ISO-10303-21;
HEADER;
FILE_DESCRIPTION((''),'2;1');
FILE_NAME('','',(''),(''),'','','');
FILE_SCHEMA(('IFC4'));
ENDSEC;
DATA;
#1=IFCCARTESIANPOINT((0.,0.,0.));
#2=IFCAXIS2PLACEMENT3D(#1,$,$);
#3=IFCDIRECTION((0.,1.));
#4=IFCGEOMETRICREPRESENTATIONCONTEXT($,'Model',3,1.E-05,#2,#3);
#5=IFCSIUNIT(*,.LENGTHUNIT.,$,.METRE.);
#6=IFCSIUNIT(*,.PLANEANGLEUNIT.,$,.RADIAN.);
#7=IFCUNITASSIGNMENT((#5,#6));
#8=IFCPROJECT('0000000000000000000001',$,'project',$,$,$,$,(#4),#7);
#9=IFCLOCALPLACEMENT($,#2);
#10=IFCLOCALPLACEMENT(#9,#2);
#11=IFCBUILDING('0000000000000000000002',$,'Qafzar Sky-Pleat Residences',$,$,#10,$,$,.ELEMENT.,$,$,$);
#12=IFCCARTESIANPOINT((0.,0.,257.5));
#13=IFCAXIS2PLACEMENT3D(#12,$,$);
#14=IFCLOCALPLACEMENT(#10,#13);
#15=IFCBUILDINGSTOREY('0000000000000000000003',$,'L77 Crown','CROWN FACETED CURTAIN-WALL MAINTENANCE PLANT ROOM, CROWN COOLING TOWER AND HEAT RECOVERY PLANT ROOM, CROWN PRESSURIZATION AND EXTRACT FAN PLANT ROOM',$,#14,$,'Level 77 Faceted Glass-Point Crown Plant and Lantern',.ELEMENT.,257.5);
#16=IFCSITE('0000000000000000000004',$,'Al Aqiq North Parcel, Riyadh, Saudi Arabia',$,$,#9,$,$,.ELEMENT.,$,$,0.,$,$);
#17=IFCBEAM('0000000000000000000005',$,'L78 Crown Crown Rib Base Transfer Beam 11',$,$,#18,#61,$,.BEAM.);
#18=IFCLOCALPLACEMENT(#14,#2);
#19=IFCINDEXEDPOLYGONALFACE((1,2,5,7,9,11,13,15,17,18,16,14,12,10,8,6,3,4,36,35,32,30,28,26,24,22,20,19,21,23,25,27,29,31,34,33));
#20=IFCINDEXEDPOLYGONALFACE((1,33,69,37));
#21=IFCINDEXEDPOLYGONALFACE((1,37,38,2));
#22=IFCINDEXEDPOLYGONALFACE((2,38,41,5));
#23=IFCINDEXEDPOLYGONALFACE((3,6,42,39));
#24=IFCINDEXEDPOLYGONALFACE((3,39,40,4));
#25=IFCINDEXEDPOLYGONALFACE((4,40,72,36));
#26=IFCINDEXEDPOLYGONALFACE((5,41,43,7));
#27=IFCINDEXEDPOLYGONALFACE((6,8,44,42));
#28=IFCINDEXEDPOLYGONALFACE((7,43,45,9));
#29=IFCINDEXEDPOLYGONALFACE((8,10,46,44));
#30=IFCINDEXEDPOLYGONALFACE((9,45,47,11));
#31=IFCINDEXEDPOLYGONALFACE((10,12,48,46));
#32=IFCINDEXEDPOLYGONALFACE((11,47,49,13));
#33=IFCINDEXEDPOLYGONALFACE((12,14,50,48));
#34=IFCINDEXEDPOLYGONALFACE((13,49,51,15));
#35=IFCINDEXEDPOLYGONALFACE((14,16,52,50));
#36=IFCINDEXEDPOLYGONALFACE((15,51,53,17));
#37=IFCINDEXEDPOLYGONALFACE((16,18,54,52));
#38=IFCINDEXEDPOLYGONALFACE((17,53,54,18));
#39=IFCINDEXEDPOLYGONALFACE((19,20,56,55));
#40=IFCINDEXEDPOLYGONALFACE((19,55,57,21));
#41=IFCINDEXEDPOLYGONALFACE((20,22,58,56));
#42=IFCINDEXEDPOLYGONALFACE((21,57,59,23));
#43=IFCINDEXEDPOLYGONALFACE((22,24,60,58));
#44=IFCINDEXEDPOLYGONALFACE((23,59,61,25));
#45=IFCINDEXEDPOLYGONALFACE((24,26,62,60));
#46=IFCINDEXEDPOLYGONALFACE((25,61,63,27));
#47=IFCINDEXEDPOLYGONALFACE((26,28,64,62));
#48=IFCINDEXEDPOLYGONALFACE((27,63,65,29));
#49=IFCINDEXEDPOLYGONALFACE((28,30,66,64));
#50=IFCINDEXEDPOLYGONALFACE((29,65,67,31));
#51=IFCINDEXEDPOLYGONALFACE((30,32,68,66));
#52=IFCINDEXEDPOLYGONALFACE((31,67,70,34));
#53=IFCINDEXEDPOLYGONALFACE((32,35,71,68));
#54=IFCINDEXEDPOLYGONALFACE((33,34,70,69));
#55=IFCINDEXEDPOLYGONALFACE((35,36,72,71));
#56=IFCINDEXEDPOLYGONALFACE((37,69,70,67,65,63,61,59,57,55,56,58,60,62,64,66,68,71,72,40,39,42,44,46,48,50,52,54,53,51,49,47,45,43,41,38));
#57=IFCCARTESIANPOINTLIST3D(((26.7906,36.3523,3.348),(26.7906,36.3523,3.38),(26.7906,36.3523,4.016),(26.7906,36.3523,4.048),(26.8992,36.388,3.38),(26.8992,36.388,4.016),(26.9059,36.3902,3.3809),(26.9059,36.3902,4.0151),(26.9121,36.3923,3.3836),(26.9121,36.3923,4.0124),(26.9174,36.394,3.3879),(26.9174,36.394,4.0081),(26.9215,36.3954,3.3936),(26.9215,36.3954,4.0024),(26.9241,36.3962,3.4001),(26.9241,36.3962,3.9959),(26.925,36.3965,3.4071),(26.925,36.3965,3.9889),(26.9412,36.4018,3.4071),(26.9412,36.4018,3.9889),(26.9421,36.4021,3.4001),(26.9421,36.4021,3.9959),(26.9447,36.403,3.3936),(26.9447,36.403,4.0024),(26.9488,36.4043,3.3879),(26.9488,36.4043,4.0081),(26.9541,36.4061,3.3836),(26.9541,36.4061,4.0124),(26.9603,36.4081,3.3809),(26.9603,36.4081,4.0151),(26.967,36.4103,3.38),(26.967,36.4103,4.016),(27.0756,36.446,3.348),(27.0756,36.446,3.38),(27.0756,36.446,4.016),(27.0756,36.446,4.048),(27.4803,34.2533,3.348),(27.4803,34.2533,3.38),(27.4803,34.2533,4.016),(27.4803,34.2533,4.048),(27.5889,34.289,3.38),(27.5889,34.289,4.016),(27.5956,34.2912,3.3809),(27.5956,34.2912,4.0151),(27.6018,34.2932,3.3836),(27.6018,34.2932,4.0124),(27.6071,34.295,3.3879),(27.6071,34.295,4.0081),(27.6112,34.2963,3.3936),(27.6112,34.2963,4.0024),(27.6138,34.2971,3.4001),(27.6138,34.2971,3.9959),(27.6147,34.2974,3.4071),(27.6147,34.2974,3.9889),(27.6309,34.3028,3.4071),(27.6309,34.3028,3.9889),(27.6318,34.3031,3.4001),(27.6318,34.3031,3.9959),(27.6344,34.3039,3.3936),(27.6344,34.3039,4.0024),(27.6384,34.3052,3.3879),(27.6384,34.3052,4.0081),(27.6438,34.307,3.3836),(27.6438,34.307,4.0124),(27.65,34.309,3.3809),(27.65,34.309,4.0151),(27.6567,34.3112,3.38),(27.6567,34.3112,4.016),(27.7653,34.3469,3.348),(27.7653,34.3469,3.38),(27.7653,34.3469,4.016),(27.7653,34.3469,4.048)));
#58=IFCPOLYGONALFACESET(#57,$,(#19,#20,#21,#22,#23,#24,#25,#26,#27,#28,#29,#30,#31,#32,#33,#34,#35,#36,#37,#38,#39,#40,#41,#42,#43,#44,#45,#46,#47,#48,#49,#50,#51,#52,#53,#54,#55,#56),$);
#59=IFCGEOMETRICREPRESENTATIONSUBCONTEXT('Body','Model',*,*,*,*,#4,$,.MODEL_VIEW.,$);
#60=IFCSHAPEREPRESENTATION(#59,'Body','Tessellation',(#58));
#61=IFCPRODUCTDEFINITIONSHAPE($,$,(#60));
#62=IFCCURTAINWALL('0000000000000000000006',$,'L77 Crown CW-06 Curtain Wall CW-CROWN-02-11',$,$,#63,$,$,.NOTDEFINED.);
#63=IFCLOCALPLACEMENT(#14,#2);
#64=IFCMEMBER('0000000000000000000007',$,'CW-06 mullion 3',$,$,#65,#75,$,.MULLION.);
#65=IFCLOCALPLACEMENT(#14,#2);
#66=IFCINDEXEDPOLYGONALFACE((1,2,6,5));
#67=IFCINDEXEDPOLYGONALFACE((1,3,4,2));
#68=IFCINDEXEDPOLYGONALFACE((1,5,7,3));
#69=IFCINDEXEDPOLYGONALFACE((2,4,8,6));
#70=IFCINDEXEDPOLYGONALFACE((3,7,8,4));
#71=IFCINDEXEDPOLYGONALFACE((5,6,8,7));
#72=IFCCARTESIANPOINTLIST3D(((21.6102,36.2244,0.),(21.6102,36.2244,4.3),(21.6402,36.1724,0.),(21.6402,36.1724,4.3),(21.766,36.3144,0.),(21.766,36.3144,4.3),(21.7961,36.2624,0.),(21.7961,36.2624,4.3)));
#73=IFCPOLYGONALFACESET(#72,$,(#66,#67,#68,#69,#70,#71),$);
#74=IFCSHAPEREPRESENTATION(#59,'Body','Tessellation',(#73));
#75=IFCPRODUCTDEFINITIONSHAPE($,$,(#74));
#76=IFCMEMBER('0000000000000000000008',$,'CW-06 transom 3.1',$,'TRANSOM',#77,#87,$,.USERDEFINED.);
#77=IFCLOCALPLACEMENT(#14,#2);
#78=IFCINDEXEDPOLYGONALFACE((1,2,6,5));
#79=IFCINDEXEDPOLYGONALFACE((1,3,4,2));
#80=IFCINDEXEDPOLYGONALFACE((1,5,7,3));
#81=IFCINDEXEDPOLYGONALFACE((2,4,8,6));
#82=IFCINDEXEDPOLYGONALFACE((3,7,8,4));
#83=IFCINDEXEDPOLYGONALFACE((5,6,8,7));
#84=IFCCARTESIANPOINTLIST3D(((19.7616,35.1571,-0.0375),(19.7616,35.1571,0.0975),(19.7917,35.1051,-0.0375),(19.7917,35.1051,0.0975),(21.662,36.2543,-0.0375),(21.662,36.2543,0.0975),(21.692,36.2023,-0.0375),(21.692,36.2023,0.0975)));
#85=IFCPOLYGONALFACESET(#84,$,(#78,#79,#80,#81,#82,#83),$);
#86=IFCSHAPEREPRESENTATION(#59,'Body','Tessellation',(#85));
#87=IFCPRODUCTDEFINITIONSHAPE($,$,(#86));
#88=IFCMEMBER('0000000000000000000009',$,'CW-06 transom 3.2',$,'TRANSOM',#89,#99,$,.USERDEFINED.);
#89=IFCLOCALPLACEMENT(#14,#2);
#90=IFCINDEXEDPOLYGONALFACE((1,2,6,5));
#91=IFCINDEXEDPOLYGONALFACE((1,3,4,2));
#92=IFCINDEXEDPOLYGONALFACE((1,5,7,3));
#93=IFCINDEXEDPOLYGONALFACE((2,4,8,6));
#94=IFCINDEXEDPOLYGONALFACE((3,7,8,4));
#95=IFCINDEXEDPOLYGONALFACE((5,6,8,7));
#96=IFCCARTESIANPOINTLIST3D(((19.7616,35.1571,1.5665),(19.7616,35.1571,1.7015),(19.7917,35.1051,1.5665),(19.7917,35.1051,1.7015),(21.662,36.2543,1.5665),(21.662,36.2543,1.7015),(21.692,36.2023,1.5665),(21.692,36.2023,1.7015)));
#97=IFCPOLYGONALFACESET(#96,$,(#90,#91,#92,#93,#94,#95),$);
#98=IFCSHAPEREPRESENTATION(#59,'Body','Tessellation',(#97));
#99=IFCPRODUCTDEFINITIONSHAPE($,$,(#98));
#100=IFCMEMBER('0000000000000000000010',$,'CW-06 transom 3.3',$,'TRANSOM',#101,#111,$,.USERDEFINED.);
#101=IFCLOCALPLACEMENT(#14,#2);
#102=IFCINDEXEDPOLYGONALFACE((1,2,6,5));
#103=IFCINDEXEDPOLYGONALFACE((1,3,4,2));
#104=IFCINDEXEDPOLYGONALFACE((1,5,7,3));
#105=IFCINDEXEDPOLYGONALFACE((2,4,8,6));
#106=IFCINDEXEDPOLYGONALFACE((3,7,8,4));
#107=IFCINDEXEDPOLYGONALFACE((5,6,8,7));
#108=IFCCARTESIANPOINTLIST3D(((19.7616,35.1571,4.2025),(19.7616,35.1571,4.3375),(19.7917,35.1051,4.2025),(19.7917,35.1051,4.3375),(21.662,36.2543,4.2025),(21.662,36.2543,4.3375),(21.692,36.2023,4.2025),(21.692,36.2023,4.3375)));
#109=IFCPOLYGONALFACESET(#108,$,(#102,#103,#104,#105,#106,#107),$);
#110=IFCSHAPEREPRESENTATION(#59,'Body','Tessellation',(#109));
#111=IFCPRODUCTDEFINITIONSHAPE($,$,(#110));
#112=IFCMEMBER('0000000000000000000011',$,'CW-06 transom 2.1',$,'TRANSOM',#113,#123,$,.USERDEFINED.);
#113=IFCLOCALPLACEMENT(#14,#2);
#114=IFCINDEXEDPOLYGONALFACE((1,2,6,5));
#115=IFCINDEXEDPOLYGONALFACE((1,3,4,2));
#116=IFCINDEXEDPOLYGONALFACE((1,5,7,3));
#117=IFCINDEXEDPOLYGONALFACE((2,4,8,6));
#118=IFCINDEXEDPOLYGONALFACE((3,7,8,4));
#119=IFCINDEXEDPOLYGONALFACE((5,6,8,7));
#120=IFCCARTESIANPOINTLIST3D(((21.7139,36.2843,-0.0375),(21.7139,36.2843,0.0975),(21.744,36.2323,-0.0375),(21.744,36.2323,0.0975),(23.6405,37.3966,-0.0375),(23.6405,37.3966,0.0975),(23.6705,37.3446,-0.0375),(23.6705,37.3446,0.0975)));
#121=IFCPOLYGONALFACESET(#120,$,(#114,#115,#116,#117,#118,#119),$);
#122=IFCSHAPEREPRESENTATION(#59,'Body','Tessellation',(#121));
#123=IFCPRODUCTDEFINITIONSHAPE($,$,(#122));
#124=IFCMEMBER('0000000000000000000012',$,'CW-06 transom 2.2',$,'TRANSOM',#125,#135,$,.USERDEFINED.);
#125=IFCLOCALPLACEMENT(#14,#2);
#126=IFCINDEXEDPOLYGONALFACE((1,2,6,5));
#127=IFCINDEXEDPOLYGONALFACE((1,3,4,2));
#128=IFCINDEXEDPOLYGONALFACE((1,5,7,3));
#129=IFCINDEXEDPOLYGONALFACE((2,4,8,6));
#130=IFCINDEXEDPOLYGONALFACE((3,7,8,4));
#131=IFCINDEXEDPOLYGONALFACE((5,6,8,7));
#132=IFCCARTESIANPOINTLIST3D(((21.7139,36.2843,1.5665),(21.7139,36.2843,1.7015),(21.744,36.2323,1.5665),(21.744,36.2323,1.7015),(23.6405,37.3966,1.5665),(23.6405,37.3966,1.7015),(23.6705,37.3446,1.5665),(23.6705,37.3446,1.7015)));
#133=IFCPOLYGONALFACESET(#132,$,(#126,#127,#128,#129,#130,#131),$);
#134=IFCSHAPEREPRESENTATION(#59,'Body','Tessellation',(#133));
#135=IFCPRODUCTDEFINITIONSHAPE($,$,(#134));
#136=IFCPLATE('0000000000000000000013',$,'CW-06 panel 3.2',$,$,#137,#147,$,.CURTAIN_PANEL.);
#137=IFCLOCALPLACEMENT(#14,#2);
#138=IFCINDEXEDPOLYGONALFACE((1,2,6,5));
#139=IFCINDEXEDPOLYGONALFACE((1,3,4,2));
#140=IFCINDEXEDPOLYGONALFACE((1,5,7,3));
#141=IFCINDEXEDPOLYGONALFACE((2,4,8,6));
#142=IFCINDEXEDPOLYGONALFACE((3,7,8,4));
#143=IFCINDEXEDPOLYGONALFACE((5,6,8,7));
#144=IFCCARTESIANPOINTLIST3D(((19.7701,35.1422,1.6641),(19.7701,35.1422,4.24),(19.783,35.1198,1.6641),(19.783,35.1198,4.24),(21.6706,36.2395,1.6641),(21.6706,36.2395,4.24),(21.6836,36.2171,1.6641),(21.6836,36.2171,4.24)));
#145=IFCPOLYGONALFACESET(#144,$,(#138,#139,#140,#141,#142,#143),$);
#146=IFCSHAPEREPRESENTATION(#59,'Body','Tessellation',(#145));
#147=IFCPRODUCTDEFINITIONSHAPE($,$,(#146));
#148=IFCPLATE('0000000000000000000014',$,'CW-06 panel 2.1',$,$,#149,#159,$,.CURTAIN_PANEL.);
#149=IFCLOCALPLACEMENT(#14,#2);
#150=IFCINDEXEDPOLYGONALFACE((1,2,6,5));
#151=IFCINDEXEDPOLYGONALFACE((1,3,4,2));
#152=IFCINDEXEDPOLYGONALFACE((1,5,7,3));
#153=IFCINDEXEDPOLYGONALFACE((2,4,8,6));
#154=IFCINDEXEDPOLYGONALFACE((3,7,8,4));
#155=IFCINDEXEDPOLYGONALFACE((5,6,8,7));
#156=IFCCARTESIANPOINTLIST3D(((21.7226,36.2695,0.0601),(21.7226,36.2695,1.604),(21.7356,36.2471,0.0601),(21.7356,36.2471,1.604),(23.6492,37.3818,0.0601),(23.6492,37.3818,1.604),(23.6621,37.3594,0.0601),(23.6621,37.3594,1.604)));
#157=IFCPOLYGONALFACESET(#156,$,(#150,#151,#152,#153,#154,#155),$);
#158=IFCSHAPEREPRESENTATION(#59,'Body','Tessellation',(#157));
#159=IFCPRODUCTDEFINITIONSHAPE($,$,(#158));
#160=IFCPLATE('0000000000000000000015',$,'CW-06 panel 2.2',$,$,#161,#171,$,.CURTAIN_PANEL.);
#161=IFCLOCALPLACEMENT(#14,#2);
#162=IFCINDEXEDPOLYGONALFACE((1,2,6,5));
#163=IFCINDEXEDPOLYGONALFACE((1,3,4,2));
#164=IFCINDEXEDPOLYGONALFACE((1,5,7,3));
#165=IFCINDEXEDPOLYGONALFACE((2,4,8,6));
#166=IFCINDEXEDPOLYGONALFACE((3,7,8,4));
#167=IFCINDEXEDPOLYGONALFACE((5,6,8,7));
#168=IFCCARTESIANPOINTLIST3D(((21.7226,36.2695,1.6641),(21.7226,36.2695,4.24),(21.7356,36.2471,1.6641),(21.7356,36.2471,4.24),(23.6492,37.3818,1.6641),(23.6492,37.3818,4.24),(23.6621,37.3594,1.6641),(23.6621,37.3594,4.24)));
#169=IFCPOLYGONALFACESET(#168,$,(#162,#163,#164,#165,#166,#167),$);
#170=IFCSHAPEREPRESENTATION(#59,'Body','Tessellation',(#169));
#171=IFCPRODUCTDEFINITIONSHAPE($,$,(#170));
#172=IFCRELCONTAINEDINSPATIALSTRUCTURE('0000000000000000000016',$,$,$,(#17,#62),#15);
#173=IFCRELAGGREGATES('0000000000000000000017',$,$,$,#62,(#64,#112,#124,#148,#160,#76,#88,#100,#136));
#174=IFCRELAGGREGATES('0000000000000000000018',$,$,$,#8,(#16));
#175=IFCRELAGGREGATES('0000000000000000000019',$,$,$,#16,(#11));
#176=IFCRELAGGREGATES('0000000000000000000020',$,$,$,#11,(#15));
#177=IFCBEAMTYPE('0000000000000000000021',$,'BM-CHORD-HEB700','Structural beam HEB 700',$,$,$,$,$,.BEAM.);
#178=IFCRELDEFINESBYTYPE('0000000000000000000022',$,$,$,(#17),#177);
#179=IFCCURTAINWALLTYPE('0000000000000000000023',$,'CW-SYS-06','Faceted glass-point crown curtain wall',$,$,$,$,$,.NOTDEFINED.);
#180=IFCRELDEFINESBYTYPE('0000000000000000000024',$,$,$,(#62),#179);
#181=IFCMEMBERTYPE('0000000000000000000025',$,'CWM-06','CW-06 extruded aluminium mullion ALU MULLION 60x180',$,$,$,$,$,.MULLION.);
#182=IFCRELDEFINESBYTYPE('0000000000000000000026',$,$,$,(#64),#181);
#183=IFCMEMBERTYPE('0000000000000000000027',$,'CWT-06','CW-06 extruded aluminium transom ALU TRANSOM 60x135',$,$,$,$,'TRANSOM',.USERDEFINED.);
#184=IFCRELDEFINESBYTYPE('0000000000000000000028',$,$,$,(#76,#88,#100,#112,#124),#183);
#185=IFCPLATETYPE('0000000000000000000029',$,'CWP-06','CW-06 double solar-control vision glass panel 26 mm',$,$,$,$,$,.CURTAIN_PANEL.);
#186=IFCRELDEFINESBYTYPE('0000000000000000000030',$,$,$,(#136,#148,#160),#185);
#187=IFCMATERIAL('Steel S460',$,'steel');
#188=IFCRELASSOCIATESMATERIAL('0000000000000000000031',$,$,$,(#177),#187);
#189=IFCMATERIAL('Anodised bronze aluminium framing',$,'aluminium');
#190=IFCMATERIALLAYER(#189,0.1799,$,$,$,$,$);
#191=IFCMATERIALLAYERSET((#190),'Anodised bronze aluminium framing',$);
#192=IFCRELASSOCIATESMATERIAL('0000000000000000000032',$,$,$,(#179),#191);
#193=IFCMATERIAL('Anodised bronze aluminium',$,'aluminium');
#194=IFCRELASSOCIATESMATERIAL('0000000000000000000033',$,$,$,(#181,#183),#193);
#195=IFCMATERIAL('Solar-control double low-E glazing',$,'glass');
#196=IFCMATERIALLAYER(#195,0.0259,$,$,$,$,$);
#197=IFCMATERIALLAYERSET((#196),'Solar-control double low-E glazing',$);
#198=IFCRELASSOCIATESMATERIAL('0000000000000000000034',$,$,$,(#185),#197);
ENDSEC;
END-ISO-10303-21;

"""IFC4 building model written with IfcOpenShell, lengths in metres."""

from ifc_helpers import new_model, si_unit, direction, frame, origin, origin_2d, place, context, subcontext, project, spatial, rectangle, i_section, extrude, source, transform, mapped, material, layer, layer_set, material_profile, profile_set, type_object, element, aggregate, save


model = new_model("IFC4")

# Units and contexts
model_context = context("Model", 3, precision=1e-05, world=origin(), true_north=direction((0.0, 1.0)))
body_context = subcontext(model_context, "Body", "Model", "MODEL_VIEW")
ifc_project = project(units=[si_unit("LENGTHUNIT", "METRE"), si_unit("PLANEANGLEUNIT", "RADIAN")], contexts=[model_context])

# Site, building, storey
site_placement = place(None, origin())
site = spatial("IfcSite", under=ifc_project, at=site_placement, Name="Al Aqiq North Parcel, Riyadh, Saudi Arabia", CompositionType="ELEMENT", RefElevation=0.0)
building_placement = place(site_placement, origin())
building = spatial("IfcBuilding", under=site, at=building_placement, Name="Qafzar Sky-Pleat Residences", CompositionType="ELEMENT")
storey_placement = place(building_placement, frame((0.0, 0.0, 257.5)))
storey = spatial("IfcBuildingStorey", under=building, at=storey_placement, Name="L77 Crown", Description="CROWN FACETED CURTAIN-WALL MAINTENANCE PLANT ROOM, CROWN COOLING TOWER AND HEAT RECOVERY PLANT ROOM, CROWN PRESSURIZATION AND EXTRACT FAN PLANT ROOM", LongName="Level 77 Faceted Glass-Point Crown Plant and Lantern", CompositionType="ELEMENT", Elevation=257.5)

# Shared definitions
ifc_material_1 = material(Name="Steel S460", Category="steel")

# Beam
ifc_material_profile_1 = material_profile(ifc_material_1, i_section(OverallWidth=0.3, OverallDepth=0.7, WebThickness=0.0171, FlangeThickness=0.032, FilletRadius=0.0271, at=origin_2d()), Name="HEB 700")
ifc_profile_set_1 = profile_set([ifc_material_profile_1], Name="Steel S460")
beam_type = type_object("IfcBeamType", Name="BM-CHORD-HEB700", Description="Structural beam HEB 700", PredefinedType="BEAM", material=ifc_profile_set_1)
shared_shape_1 = source(origin(), body_context, "Body", "SweptSolid", [
    extrude(i_section(OverallWidth=0.3, OverallDepth=0.7, WebThickness=0.0171, FlangeThickness=0.032, FilletRadius=0.0271, at=origin_2d()), origin(), (0.0, 0.0, 1.0), 2.2095),
])
beam_placement = place(storey_placement, frame((26.9331, 36.3992, 3.698), z_axis=(0.312148, -0.950034, 0.0), x_axis=(0.950034, 0.312148, 0.0)))
element("IfcBeam", 1, at=beam_placement, inside=storey, type_object=beam_type, Name="L78 Crown Crown Rib Base Transfer Beam 11", PredefinedType="BEAM", context=body_context, shape_type="MappedRepresentation", body=[
    mapped(shared_shape_1, transform((0.0, 0.0, 0.0), x_axis=(1.0, 0.0, 0.0), y_axis=(0.0, 1.0, 0.0), z_axis=(0.0, 0.0, 1.0), scale=1.0)),
])

# Curtain wall, members, plates
ifc_material_2 = material(Name="Anodised bronze aluminium framing", Category="aluminium")
ifc_layer_1 = layer(ifc_material_2, 0.1799)
ifc_layer_set_1 = layer_set([ifc_layer_1], Name="Anodised bronze aluminium framing")
curtain_wall_type = type_object("IfcCurtainWallType", Name="CW-SYS-06", Description="Faceted glass-point crown curtain wall", PredefinedType="NOTDEFINED", material=ifc_layer_set_1)
curtain_wall_placement = place(storey_placement, origin())
curtain_wall = element("IfcCurtainWall", 2, at=curtain_wall_placement, inside=storey, type_object=curtain_wall_type, Name="L77 Crown CW-06 Curtain Wall CW-CROWN-02-11", PredefinedType="NOTDEFINED")
ifc_material_3 = material(Name="Anodised bronze aluminium", Category="aluminium")
ifc_material_profile_2 = material_profile(ifc_material_3, rectangle(XDim=0.0601, YDim=0.1799, at=origin_2d()), Name="ALU MULLION 60x180")
ifc_profile_set_2 = profile_set([ifc_material_profile_2], Name="Anodised bronze aluminium")
member_type_1 = type_object("IfcMemberType", Name="CWM-06", Description="CW-06 extruded aluminium mullion ALU MULLION 60x180", PredefinedType="MULLION", material=ifc_profile_set_2)
shared_shape_2 = source(origin(), body_context, "Body", "SweptSolid", [
    extrude(rectangle(XDim=0.0601, YDim=0.1799, at=origin_2d()), origin(), (0.0, 0.0, 1.0), 4.3),
])
member_1_placement = place(storey_placement, frame((21.7031, 36.2434, 0.0), z_axis=(0.0, 0.0, 1.0), x_axis=(0.499999, -0.866026, 0.0)))
member_1 = element("IfcMember", 3, at=member_1_placement, type_object=member_type_1, Name="CW-06 mullion 3", PredefinedType="MULLION", context=body_context, shape_type="MappedRepresentation", body=[
    mapped(shared_shape_2, transform((0.0, 0.0, 0.0), x_axis=(1.0, 0.0, 0.0), y_axis=(0.0, 1.0, 0.0), z_axis=(0.0, 0.0, 1.0), scale=1.0)),
])
ifc_material_profile_3 = material_profile(ifc_material_3, rectangle(XDim=0.0601, YDim=0.135, at=origin_2d()), Name="ALU TRANSOM 60x135")
ifc_profile_set_3 = profile_set([ifc_material_profile_3], Name="Anodised bronze aluminium")
member_type_2 = type_object("IfcMemberType", Name="CWT-06", Description="CW-06 extruded aluminium transom ALU TRANSOM 60x135", ElementType="TRANSOM", PredefinedType="USERDEFINED", material=ifc_profile_set_3)
shared_shape_3 = source(origin(), body_context, "Body", "SweptSolid", [
    extrude(rectangle(XDim=0.0601, YDim=0.135, at=origin_2d()), origin(), (0.0, 0.0, 1.0), 2.1943),
])
member_2_placement = place(storey_placement, frame((21.677, 36.2283, 0.03), z_axis=(-0.86603, -0.499992, 0.0), x_axis=(0.499992, -0.86603, 0.0)))
member_2 = element("IfcMember", 4, at=member_2_placement, type_object=member_type_2, Name="CW-06 transom 3.1", ObjectType="TRANSOM", PredefinedType="USERDEFINED", context=body_context, shape_type="MappedRepresentation", body=[
    mapped(shared_shape_3, transform((0.0, 0.0, 0.0), x_axis=(1.0, 0.0, 0.0), y_axis=(0.0, 1.0, 0.0), z_axis=(0.0, 0.0, 1.0), scale=1.0)),
])
member_3_placement = place(storey_placement, frame((21.677, 36.2283, 1.634), z_axis=(-0.86603, -0.499992, 0.0), x_axis=(0.499992, -0.86603, 0.0)))
member_3 = element("IfcMember", 5, at=member_3_placement, type_object=member_type_2, Name="CW-06 transom 3.2", ObjectType="TRANSOM", PredefinedType="USERDEFINED", context=body_context, shape_type="MappedRepresentation", body=[
    mapped(shared_shape_3, transform((0.0, 0.0, 0.0), x_axis=(1.0, 0.0, 0.0), y_axis=(0.0, 1.0, 0.0), z_axis=(0.0, 0.0, 1.0), scale=1.0)),
])
member_4_placement = place(storey_placement, frame((21.677, 36.2283, 4.27), z_axis=(-0.86603, -0.499992, 0.0), x_axis=(0.499992, -0.86603, 0.0)))
member_4 = element("IfcMember", 6, at=member_4_placement, type_object=member_type_2, Name="CW-06 transom 3.3", ObjectType="TRANSOM", PredefinedType="USERDEFINED", context=body_context, shape_type="MappedRepresentation", body=[
    mapped(shared_shape_3, transform((0.0, 0.0, 0.0), x_axis=(1.0, 0.0, 0.0), y_axis=(0.0, 1.0, 0.0), z_axis=(0.0, 0.0, 1.0), scale=1.0)),
])
shared_shape_4 = source(origin(), body_context, "Body", "SweptSolid", [
    extrude(rectangle(XDim=0.0601, YDim=0.135, at=origin_2d()), origin(), (0.0, 0.0, 1.0), 2.2246),
])
member_5_placement = place(storey_placement, frame((23.6555, 37.3706, 0.03), z_axis=(-0.866019, -0.500011, 0.0), x_axis=(0.500011, -0.866019, 0.0)))
member_5 = element("IfcMember", 7, at=member_5_placement, type_object=member_type_2, Name="CW-06 transom 2.1", ObjectType="TRANSOM", PredefinedType="USERDEFINED", context=body_context, shape_type="MappedRepresentation", body=[
    mapped(shared_shape_4, transform((0.0, 0.0, 0.0), x_axis=(1.0, 0.0, 0.0), y_axis=(0.0, 1.0, 0.0), z_axis=(0.0, 0.0, 1.0), scale=1.0)),
])
member_6_placement = place(storey_placement, frame((23.6555, 37.3706, 1.634), z_axis=(-0.866019, -0.500011, 0.0), x_axis=(0.500011, -0.866019, 0.0)))
member_6 = element("IfcMember", 8, at=member_6_placement, type_object=member_type_2, Name="CW-06 transom 2.2", ObjectType="TRANSOM", PredefinedType="USERDEFINED", context=body_context, shape_type="MappedRepresentation", body=[
    mapped(shared_shape_4, transform((0.0, 0.0, 0.0), x_axis=(1.0, 0.0, 0.0), y_axis=(0.0, 1.0, 0.0), z_axis=(0.0, 0.0, 1.0), scale=1.0)),
])
ifc_material_4 = material(Name="Solar-control double low-E glazing", Category="glass")
ifc_layer_2 = layer(ifc_material_4, 0.0259)
ifc_layer_set_2 = layer_set([ifc_layer_2], Name="Solar-control double low-E glazing")
plate_type = type_object("IfcPlateType", Name="CWP-06", Description="CW-06 double solar-control vision glass panel 26 mm", PredefinedType="CURTAIN_PANEL", material=ifc_layer_set_2)
shared_shape_5 = source(origin(), body_context, "Body", "SweptSolid", [
    extrude(rectangle(XDim=2.1946, YDim=0.0259, at=origin_2d()), origin(), (0.0, 0.0, 1.0), 2.5759),
])
plate_1_placement = place(storey_placement, frame((20.7268, 35.6797, 1.6641), z_axis=(0.0, 0.0, 1.0), x_axis=(-0.866026, -0.499999, 0.0)))
plate_1 = element("IfcPlate", 9, at=plate_1_placement, type_object=plate_type, Name="CW-06 panel 3.2", PredefinedType="CURTAIN_PANEL", context=body_context, shape_type="MappedRepresentation", body=[
    mapped(shared_shape_5, transform((0.0, 0.0, 0.0), x_axis=(1.0, 0.0, 0.0), y_axis=(0.0, 1.0, 0.0), z_axis=(0.0, 0.0, 1.0), scale=1.0)),
])
shared_shape_6 = source(origin(), body_context, "Body", "SweptSolid", [
    extrude(rectangle(XDim=2.2246, YDim=0.0259, at=origin_2d()), origin(), (0.0, 0.0, 1.0), 1.5439),
])
plate_2_placement = place(storey_placement, frame((22.6924, 36.8145, 0.0601), z_axis=(0.0, 0.0, 1.0), x_axis=(-0.866026, -0.499999, 0.0)))
plate_2 = element("IfcPlate", 10, at=plate_2_placement, type_object=plate_type, Name="CW-06 panel 2.1", PredefinedType="CURTAIN_PANEL", context=body_context, shape_type="MappedRepresentation", body=[
    mapped(shared_shape_6, transform((0.0, 0.0, 0.0), x_axis=(1.0, 0.0, 0.0), y_axis=(0.0, 1.0, 0.0), z_axis=(0.0, 0.0, 1.0), scale=1.0)),
])
shared_shape_7 = source(origin(), body_context, "Body", "SweptSolid", [
    extrude(rectangle(XDim=2.2246, YDim=0.0259, at=origin_2d()), origin(), (0.0, 0.0, 1.0), 2.5759),
])
plate_3_placement = place(storey_placement, frame((22.6924, 36.8145, 1.6641), z_axis=(0.0, 0.0, 1.0), x_axis=(-0.866026, -0.499999, 0.0)))
plate_3 = element("IfcPlate", 11, at=plate_3_placement, type_object=plate_type, Name="CW-06 panel 2.2", PredefinedType="CURTAIN_PANEL", context=body_context, shape_type="MappedRepresentation", body=[
    mapped(shared_shape_7, transform((0.0, 0.0, 0.0), x_axis=(1.0, 0.0, 0.0), y_axis=(0.0, 1.0, 0.0), z_axis=(0.0, 0.0, 1.0), scale=1.0)),
])
aggregate(curtain_wall, [member_1, member_5, member_6, plate_2, plate_3, member_2, member_3, member_4, plate_1])

save(model, "model.ifc")
